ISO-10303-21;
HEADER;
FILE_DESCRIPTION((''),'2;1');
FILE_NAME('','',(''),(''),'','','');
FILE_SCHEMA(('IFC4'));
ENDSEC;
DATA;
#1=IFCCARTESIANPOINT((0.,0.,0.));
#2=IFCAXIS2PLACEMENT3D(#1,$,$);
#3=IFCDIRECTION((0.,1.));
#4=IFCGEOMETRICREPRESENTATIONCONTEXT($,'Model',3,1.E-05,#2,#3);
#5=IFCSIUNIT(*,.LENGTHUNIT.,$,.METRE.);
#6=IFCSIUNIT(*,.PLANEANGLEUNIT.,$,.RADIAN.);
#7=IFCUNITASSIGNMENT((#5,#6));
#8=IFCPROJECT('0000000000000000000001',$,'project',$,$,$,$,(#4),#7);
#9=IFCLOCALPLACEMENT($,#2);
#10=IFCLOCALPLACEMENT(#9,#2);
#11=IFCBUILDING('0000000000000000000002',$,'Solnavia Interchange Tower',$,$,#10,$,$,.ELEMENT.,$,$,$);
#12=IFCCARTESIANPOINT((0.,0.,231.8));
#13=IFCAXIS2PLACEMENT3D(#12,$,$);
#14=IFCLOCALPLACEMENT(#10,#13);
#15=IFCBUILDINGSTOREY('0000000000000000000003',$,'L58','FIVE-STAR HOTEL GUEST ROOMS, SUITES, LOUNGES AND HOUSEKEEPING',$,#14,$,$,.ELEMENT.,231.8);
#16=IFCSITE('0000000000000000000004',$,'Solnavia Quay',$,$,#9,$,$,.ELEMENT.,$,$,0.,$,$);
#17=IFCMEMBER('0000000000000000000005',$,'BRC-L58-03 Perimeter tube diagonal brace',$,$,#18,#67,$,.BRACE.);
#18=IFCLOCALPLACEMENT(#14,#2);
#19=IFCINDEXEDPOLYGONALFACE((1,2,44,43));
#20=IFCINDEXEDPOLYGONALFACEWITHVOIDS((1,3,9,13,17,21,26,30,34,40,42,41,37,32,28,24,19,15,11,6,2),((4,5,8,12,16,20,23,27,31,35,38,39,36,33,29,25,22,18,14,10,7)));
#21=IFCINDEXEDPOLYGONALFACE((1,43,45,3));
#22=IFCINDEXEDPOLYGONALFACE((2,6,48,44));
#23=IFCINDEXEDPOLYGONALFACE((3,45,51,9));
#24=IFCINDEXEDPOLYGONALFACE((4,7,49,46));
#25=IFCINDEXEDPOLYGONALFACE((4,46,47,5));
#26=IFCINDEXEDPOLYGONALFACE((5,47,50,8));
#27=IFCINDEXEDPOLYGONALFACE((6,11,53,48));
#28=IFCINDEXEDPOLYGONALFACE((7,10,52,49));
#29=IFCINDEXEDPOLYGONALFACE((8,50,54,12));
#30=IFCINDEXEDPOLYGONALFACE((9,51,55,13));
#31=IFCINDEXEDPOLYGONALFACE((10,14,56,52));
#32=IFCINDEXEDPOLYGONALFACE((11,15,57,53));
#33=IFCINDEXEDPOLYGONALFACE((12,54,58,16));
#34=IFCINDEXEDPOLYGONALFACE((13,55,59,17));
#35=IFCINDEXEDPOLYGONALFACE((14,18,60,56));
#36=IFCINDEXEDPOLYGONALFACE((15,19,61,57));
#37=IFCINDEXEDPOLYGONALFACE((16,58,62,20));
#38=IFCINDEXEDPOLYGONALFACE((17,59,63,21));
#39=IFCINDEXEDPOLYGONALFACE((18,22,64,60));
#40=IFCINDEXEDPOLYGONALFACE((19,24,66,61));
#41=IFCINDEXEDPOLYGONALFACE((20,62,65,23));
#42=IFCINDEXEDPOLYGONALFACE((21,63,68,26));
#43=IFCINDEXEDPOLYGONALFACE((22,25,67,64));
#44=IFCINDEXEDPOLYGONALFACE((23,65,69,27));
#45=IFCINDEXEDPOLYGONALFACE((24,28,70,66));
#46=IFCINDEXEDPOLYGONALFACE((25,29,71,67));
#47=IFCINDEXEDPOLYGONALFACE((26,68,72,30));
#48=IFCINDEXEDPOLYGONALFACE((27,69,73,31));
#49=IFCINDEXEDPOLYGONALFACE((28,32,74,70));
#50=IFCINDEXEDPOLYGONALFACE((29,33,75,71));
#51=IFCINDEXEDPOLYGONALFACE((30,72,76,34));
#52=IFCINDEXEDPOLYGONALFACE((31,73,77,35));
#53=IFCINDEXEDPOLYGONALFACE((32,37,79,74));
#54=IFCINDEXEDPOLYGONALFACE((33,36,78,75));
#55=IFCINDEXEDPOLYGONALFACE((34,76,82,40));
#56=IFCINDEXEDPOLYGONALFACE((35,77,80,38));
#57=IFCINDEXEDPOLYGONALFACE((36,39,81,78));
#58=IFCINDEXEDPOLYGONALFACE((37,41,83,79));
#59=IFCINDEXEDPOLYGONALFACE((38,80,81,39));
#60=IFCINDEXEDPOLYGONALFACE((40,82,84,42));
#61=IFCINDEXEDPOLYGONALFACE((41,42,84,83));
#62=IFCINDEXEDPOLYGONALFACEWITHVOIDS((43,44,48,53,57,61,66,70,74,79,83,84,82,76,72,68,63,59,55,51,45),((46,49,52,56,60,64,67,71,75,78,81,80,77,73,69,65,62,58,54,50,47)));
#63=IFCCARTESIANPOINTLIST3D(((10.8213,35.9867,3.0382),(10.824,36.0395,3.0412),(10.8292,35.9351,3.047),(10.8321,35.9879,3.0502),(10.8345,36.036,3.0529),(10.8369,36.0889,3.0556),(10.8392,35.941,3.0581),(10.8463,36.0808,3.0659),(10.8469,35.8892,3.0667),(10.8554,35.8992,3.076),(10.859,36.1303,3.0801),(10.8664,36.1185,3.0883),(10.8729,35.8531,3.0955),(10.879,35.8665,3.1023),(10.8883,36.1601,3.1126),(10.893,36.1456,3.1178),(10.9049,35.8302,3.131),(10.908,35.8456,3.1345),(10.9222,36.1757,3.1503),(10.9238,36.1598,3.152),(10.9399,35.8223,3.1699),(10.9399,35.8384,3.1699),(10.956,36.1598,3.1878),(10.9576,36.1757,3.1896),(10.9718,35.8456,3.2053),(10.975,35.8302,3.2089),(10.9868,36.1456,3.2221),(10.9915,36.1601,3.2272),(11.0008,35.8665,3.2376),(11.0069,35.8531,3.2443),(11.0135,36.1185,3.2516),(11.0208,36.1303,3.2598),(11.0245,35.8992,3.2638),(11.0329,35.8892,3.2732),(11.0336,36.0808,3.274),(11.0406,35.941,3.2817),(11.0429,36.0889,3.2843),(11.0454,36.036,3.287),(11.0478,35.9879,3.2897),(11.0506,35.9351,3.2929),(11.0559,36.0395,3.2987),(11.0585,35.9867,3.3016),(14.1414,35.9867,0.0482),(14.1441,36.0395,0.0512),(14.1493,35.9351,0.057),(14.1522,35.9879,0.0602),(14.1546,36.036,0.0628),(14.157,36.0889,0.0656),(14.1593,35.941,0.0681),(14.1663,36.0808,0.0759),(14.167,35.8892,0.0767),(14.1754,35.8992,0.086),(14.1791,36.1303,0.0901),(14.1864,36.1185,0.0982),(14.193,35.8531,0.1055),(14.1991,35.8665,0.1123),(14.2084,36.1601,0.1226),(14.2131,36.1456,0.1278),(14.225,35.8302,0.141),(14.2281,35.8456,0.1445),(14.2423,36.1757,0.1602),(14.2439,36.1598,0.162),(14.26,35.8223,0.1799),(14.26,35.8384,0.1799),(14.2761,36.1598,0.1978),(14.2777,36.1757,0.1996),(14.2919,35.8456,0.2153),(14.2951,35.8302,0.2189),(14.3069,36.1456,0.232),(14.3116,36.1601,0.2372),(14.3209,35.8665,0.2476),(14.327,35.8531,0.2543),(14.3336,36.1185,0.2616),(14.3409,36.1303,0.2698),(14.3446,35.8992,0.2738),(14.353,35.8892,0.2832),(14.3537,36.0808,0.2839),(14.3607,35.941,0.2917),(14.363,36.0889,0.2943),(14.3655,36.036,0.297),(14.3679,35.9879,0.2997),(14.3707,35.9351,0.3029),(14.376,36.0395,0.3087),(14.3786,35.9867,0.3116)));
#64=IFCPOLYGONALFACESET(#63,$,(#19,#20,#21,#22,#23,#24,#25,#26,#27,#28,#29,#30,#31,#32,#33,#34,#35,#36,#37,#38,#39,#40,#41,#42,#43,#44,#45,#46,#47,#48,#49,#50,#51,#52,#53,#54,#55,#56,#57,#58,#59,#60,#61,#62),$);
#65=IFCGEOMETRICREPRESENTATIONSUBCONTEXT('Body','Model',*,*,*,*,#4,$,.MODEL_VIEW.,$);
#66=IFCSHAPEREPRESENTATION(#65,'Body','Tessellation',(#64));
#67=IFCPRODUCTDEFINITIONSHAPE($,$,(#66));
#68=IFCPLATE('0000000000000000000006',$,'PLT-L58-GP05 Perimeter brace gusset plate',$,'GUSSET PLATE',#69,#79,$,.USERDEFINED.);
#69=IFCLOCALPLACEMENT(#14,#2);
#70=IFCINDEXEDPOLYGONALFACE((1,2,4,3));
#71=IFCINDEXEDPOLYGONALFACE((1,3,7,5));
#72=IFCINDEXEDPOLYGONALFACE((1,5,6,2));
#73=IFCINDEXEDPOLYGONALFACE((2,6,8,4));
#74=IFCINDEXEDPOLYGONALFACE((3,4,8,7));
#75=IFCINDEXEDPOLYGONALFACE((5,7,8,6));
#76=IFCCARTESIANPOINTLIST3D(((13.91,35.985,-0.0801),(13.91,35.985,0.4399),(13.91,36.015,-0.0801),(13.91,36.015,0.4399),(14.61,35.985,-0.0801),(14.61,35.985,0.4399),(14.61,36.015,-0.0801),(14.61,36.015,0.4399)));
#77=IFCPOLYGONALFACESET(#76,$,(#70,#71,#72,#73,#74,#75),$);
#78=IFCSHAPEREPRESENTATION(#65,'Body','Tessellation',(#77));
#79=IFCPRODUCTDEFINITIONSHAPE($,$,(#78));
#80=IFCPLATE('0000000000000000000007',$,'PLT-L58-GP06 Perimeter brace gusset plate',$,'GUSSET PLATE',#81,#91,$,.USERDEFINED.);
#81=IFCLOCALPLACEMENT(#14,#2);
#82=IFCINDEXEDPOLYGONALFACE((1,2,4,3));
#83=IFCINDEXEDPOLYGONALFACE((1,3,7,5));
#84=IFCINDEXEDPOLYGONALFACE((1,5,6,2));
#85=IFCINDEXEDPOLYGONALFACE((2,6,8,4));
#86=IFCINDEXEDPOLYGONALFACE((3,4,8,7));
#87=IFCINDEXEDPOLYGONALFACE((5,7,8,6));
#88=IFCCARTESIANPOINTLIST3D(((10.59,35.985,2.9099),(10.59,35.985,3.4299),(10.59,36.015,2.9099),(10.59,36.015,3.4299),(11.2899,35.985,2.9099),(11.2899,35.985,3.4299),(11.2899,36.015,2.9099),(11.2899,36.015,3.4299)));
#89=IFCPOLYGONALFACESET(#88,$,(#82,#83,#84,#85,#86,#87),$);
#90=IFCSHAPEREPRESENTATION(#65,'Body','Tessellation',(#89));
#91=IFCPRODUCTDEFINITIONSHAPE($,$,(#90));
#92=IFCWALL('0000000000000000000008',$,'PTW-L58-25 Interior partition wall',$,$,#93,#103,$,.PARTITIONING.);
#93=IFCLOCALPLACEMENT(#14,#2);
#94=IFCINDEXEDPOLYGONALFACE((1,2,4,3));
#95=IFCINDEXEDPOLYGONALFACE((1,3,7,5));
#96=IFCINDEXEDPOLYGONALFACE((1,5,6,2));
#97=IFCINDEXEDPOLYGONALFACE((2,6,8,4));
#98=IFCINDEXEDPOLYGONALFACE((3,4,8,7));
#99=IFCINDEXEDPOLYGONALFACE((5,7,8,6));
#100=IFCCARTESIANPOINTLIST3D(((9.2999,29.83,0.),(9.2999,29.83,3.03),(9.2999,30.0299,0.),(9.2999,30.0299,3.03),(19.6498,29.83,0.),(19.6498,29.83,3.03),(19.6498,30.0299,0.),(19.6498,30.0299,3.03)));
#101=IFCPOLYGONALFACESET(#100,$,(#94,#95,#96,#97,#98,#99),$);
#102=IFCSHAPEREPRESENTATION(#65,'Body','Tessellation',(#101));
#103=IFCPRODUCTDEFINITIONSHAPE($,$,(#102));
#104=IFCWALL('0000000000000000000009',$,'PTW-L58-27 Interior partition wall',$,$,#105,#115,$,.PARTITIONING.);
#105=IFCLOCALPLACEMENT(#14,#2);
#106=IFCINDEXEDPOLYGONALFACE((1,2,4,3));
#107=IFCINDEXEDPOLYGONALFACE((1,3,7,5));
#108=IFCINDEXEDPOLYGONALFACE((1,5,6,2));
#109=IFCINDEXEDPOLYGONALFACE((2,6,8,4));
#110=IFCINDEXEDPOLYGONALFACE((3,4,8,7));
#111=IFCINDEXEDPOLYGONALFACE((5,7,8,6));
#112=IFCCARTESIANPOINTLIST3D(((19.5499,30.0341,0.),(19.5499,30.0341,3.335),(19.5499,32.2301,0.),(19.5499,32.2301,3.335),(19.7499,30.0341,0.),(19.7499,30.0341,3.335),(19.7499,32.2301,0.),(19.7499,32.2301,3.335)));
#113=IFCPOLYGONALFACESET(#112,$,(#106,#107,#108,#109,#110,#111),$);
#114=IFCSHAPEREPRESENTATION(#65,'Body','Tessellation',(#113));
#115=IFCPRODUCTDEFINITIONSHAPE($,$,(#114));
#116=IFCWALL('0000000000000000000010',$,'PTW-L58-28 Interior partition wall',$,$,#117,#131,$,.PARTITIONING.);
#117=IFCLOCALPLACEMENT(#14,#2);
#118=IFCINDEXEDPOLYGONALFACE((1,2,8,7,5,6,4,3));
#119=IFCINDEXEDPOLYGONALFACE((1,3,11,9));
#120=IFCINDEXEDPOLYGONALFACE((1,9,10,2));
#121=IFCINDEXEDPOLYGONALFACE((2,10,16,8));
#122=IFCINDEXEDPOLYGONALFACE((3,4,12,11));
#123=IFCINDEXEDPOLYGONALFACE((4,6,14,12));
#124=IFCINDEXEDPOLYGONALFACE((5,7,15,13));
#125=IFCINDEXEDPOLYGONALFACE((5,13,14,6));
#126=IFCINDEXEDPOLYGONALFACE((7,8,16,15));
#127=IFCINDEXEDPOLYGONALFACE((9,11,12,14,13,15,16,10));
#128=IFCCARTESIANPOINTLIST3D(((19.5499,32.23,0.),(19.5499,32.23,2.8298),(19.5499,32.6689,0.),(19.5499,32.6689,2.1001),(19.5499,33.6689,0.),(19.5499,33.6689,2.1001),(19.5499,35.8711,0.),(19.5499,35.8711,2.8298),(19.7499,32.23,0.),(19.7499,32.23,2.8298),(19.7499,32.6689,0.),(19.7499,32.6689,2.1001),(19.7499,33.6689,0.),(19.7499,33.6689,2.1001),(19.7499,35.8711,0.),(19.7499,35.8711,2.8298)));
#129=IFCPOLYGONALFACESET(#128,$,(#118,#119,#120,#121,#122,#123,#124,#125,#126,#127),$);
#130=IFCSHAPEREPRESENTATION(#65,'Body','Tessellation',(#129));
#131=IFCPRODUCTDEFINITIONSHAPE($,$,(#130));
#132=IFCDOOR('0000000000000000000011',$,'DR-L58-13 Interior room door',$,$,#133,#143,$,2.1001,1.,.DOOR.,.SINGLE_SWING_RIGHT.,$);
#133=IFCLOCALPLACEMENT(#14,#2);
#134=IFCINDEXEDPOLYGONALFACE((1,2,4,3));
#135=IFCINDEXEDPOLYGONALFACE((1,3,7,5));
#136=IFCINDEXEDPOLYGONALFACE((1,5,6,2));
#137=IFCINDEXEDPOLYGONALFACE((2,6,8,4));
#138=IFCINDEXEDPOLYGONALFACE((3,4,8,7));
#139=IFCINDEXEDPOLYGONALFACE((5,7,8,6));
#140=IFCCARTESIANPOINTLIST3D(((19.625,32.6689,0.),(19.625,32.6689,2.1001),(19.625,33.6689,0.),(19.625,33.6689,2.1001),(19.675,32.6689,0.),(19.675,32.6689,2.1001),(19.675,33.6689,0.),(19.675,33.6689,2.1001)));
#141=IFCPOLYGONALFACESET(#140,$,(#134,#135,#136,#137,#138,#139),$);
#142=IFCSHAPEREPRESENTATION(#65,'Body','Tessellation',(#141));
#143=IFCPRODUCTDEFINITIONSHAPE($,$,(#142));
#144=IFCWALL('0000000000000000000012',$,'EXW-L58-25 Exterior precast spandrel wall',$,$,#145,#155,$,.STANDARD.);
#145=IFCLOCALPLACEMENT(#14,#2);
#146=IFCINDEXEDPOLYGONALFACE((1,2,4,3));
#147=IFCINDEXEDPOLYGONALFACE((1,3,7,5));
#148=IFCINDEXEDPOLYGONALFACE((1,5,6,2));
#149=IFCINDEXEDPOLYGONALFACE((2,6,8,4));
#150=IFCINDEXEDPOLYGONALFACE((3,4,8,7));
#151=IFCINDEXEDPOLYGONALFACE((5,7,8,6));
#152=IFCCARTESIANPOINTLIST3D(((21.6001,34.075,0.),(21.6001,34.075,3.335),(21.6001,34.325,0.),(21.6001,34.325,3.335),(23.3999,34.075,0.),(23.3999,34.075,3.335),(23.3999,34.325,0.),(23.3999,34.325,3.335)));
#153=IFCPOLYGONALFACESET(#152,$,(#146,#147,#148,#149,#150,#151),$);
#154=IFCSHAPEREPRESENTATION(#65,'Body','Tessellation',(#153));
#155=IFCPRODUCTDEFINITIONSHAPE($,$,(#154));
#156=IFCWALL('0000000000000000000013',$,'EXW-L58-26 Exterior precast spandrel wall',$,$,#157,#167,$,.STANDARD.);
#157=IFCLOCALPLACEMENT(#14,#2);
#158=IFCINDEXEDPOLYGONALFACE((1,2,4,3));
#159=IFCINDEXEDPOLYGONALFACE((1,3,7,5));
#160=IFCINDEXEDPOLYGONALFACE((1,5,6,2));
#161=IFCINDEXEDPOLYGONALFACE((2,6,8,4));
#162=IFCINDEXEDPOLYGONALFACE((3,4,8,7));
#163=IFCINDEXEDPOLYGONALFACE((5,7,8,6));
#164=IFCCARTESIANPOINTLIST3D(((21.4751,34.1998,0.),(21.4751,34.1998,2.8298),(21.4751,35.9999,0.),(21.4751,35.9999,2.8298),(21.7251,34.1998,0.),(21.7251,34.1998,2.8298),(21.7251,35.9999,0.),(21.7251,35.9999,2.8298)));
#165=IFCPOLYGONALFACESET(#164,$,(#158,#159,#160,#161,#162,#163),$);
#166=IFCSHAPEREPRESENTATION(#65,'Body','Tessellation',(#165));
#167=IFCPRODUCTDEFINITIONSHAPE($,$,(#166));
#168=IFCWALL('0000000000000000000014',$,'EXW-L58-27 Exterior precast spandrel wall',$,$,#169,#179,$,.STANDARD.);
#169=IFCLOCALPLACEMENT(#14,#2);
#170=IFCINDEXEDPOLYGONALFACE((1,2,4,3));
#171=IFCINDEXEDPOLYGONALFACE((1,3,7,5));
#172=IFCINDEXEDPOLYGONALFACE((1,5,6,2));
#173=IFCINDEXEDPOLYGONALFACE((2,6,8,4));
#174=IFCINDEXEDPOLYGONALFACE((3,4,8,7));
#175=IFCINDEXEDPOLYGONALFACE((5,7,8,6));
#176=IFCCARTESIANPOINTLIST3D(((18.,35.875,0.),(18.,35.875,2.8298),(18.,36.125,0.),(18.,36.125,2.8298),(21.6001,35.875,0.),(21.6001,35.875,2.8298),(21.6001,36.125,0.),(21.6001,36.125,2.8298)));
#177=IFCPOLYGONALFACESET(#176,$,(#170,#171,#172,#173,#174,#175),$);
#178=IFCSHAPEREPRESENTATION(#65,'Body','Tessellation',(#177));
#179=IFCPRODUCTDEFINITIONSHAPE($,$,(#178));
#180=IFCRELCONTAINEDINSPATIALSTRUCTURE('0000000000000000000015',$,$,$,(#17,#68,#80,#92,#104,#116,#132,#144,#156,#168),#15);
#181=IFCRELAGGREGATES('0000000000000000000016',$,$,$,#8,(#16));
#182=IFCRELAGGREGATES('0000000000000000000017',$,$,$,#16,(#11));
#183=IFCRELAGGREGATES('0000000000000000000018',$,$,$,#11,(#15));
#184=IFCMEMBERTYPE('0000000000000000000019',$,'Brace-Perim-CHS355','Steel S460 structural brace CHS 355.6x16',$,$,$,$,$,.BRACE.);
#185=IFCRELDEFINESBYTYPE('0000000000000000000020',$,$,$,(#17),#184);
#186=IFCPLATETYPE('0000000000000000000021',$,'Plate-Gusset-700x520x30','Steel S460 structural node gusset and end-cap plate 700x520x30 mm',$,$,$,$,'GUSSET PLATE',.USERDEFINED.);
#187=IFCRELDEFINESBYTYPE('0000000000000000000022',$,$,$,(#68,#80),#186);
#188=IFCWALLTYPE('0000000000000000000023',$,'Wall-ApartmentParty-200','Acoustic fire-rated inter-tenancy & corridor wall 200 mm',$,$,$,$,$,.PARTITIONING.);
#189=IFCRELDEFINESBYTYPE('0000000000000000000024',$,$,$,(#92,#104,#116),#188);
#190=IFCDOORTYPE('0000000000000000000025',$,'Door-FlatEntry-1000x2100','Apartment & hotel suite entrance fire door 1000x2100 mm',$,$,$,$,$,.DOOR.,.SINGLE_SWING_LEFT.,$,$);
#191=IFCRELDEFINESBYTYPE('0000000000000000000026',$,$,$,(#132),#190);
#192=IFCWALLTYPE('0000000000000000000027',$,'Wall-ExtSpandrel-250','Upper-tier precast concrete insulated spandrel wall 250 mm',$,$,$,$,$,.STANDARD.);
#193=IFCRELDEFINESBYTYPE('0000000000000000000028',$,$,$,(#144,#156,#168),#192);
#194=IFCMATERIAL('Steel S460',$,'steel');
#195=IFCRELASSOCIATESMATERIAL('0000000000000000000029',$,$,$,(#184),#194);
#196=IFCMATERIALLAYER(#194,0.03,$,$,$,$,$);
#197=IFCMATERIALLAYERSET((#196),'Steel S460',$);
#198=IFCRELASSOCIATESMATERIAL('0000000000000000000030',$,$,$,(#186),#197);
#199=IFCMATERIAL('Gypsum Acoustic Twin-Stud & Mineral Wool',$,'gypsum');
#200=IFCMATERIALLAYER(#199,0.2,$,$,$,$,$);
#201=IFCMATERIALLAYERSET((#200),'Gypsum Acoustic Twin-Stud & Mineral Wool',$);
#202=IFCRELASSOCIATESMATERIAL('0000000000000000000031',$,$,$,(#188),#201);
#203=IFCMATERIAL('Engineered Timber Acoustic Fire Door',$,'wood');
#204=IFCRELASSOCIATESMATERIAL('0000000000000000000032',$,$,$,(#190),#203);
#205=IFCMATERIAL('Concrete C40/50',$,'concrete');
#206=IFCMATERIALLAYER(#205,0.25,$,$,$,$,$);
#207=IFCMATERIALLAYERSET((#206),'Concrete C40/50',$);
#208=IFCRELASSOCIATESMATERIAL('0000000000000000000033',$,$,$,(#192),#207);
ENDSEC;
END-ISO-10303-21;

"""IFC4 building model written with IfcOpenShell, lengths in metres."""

from ifc_helpers import new_model, si_unit, direction, frame, frame_2d, origin, origin_2d, place, context, subcontext, project, spatial, rectangle, hollow_circle, extrude, material, layer, layer_set, material_profile, profile_set, type_object, element, fill, save


model = new_model("IFC4")

# Units and contexts
model_context = context("Model", 3, precision=1e-05, world=origin(), true_north=direction((0.0, 1.0)))
body_context = subcontext(model_context, "Body", "Model", "MODEL_VIEW")
ifc_project = project(units=[si_unit("LENGTHUNIT", "METRE"), si_unit("PLANEANGLEUNIT", "RADIAN")], contexts=[model_context])

# Site, building, storey
site_placement = place(None, origin())
site = spatial("IfcSite", under=ifc_project, at=site_placement, Name="Solnavia Quay", CompositionType="ELEMENT", RefElevation=0.0)
building_placement = place(site_placement, origin())
building = spatial("IfcBuilding", under=site, at=building_placement, Name="Solnavia Interchange Tower", CompositionType="ELEMENT")
storey_placement = place(building_placement, frame((0.0, 0.0, 231.8)))
storey = spatial("IfcBuildingStorey", under=building, at=storey_placement, Name="L58", Description="FIVE-STAR HOTEL GUEST ROOMS, SUITES, LOUNGES AND HOUSEKEEPING", CompositionType="ELEMENT", Elevation=231.8)

# Shared definitions
ifc_material_1 = material(Name="Steel S460", Category="steel")

# Member
ifc_material_profile_1 = material_profile(ifc_material_1, hollow_circle(Radius=0.1777, WallThickness=0.0161, at=origin_2d()), Name="CHS 355.6x16")
ifc_profile_set_1 = profile_set([ifc_material_profile_1], Name="Steel S460")
member_type = type_object("IfcMemberType", Name="Brace-Perim-CHS355", Description="Steel S460 structural brace CHS 355.6x16", PredefinedType="BRACE", material=ifc_profile_set_1)
member_placement = place(storey_placement, frame((14.26, 36.0, 0.1799), z_axis=(-0.743079, 0.0, 0.669203), x_axis=(0.0, -1.0, 0.0)))
element("IfcMember", 1, at=member_placement, inside=storey, type_object=member_type, Name="BRC-L58-03 Perimeter tube diagonal brace", PredefinedType="BRACE", context=body_context, shape_type="SweptSolid", body=[
    extrude(hollow_circle(Radius=0.1777, WallThickness=0.0161, at=origin_2d()), origin(), (0.0, 0.0, 1.0), 4.468),
])

# Plates
ifc_layer_1 = layer(ifc_material_1, 0.03)
ifc_layer_set_1 = layer_set([ifc_layer_1], Name="Steel S460")
plate_type = type_object("IfcPlateType", Name="Plate-Gusset-700x520x30", Description="Steel S460 structural node gusset and end-cap plate 700x520x30 mm", ElementType="GUSSET PLATE", PredefinedType="USERDEFINED", material=ifc_layer_set_1)
for number, where, z_axis, x_axis, name in (
    (2, (14.26, 36.0, -0.0801), (0.0, 0.0, 1.0), (-1.0, 0.0, 0.0), "PLT-L58-GP05 Perimeter brace gusset plate"),
    (3, (10.9399, 36.0, 2.9099), (0.0, 0.0, 1.0), (-1.0, 0.0, 0.0), "PLT-L58-GP06 Perimeter brace gusset plate"),
):
    element("IfcPlate", number, at=place(storey_placement, frame(where, z_axis=z_axis, x_axis=x_axis)), inside=storey, type_object=plate_type, Name=name, ObjectType="GUSSET PLATE", PredefinedType="USERDEFINED", context=body_context, shape_type="SweptSolid", body=[
        extrude(rectangle(XDim=0.7, YDim=0.03, at=origin_2d()), origin(), (0.0, 0.0, 1.0), 0.52),
    ])

# Walls
ifc_material_2 = material(Name="Gypsum Acoustic Twin-Stud & Mineral Wool", Category="gypsum")
ifc_layer_2 = layer(ifc_material_2, 0.2)
ifc_layer_set_2 = layer_set([ifc_layer_2], Name="Gypsum Acoustic Twin-Stud & Mineral Wool")
wall_type_1 = type_object("IfcWallType", Name="Wall-ApartmentParty-200", Description="Acoustic fire-rated inter-tenancy & corridor wall 200 mm", PredefinedType="PARTITIONING", material=ifc_layer_set_2)
wall_1_placement = place(storey_placement, frame((9.3, 29.9299, 0.0), z_axis=(0.0, 0.0, 1.0), x_axis=(1.0, 0.0, 0.0)))
element("IfcWall", 4, at=wall_1_placement, inside=storey, type_object=wall_type_1, Name="PTW-L58-25 Interior partition wall", PredefinedType="PARTITIONING", context=body_context, shape_type="SweptSolid", body=[
    extrude(rectangle(XDim=10.3499, YDim=0.2, at=frame_2d((5.1748, 0.0))), origin(), (0.0, 0.0, 1.0), 3.03),
])
wall_2_placement = place(storey_placement, frame((19.6499, 30.0339, 0.0), z_axis=(0.0, 0.0, 1.0), x_axis=(0.0, 1.0, 0.0)))
element("IfcWall", 5, at=wall_2_placement, inside=storey, type_object=wall_type_1, Name="PTW-L58-27 Interior partition wall", PredefinedType="PARTITIONING", context=body_context, shape_type="SweptSolid", body=[
    extrude(rectangle(XDim=2.196, YDim=0.2, at=frame_2d((1.0981, 0.0))), origin(), (0.0, 0.0, 1.0), 3.335),
])

# Wall, opening, door
wall_3_placement = place(storey_placement, frame((19.6499, 32.23, 0.0), z_axis=(0.0, 0.0, 1.0), x_axis=(0.0, 1.0, 0.0)))
wall_3 = element("IfcWall", 6, at=wall_3_placement, inside=storey, type_object=wall_type_1, Name="PTW-L58-28 Interior partition wall", PredefinedType="PARTITIONING", context=body_context, shape_type="SweptSolid", body=[
    extrude(rectangle(XDim=3.6411, YDim=0.2, at=frame_2d((1.8206, 0.0))), origin(), (0.0, 0.0, 1.0), 2.8298),
])
opening_1_placement = place(wall_3_placement, frame((0.439, 0.0, 0.0)))
opening_1 = element("IfcOpeningElement", 7, at=opening_1_placement, cuts=wall_3, PredefinedType="OPENING", context=body_context, shape_type="SweptSolid", body=[
    extrude(rectangle(XDim=1.0, YDim=2.1001, at=frame_2d((0.5, 1.05))), frame((0.0, 0.1099, 0.0), z_axis=(0.0, -1.0, 0.0), x_axis=(1.0, 0.0, 0.0)), (0.0, 0.0, 1.0), 0.22),
])
ifc_material_3 = material(Name="Engineered Timber Acoustic Fire Door", Category="wood")
door_type_1 = type_object("IfcDoorType", Name="Door-FlatEntry-1000x2100", Description="Apartment & hotel suite entrance fire door 1000x2100 mm", OperationType="SINGLE_SWING_LEFT", PredefinedType="DOOR", material=ifc_material_3)
door_1_placement = place(opening_1_placement, origin())
door_1 = element("IfcDoor", 8, at=door_1_placement, inside=storey, type_object=door_type_1, Name="DR-L58-13 Interior room door", OperationType="SINGLE_SWING_RIGHT", OverallHeight=2.1001, OverallWidth=1.0, PredefinedType="DOOR", context=body_context, shape_type="SweptSolid", body=[
    extrude(rectangle(XDim=1.0, YDim=2.1001, at=frame_2d((0.5, 1.05))), frame((0.0, 0.0249, 0.0), z_axis=(0.0, -1.0, 0.0), x_axis=(1.0, 0.0, 0.0)), (0.0, 0.0, 1.0), 0.05),
])
fill(opening_1, door_1)

# Walls
ifc_material_4 = material(Name="Concrete C40/50", Category="concrete")
ifc_layer_3 = layer(ifc_material_4, 0.25)
ifc_layer_set_3 = layer_set([ifc_layer_3], Name="Concrete C40/50")
wall_type_2 = type_object("IfcWallType", Name="Wall-ExtSpandrel-250", Description="Upper-tier precast concrete insulated spandrel wall 250 mm", PredefinedType="STANDARD", material=ifc_layer_set_3)
wall_4_placement = place(storey_placement, frame((21.6001, 34.2, 0.0), z_axis=(0.0, 0.0, 1.0), x_axis=(1.0, 0.0, 0.0)))
element("IfcWall", 9, at=wall_4_placement, inside=storey, type_object=wall_type_2, Name="EXW-L58-25 Exterior precast spandrel wall", PredefinedType="STANDARD", context=body_context, shape_type="SweptSolid", body=[
    extrude(rectangle(XDim=1.7998, YDim=0.25, at=frame_2d((0.8999, 0.0))), origin(), (0.0, 0.0, 1.0), 3.335),
])
wall_5_placement = place(storey_placement, frame((21.6001, 34.2, 0.0), z_axis=(0.0, 0.0, 1.0), x_axis=(0.0, 1.0, 0.0)))
element("IfcWall", 10, at=wall_5_placement, inside=storey, type_object=wall_type_2, Name="EXW-L58-26 Exterior precast spandrel wall", PredefinedType="STANDARD", context=body_context, shape_type="SweptSolid", body=[
    extrude(rectangle(XDim=1.8, YDim=0.25, at=frame_2d((0.8999, 0.0))), origin(), (0.0, 0.0, 1.0), 2.8298),
])
wall_6_placement = place(storey_placement, frame((18.0, 36.0, 0.0), z_axis=(0.0, 0.0, 1.0), x_axis=(1.0, 0.0, 0.0)))
element("IfcWall", 11, at=wall_6_placement, inside=storey, type_object=wall_type_2, Name="EXW-L58-27 Exterior precast spandrel wall", PredefinedType="STANDARD", context=body_context, shape_type="SweptSolid", body=[
    extrude(rectangle(XDim=3.6001, YDim=0.25, at=frame_2d((1.8, 0.0))), origin(), (0.0, 0.0, 1.0), 2.8298),
])

save(model, "model.ifc")
